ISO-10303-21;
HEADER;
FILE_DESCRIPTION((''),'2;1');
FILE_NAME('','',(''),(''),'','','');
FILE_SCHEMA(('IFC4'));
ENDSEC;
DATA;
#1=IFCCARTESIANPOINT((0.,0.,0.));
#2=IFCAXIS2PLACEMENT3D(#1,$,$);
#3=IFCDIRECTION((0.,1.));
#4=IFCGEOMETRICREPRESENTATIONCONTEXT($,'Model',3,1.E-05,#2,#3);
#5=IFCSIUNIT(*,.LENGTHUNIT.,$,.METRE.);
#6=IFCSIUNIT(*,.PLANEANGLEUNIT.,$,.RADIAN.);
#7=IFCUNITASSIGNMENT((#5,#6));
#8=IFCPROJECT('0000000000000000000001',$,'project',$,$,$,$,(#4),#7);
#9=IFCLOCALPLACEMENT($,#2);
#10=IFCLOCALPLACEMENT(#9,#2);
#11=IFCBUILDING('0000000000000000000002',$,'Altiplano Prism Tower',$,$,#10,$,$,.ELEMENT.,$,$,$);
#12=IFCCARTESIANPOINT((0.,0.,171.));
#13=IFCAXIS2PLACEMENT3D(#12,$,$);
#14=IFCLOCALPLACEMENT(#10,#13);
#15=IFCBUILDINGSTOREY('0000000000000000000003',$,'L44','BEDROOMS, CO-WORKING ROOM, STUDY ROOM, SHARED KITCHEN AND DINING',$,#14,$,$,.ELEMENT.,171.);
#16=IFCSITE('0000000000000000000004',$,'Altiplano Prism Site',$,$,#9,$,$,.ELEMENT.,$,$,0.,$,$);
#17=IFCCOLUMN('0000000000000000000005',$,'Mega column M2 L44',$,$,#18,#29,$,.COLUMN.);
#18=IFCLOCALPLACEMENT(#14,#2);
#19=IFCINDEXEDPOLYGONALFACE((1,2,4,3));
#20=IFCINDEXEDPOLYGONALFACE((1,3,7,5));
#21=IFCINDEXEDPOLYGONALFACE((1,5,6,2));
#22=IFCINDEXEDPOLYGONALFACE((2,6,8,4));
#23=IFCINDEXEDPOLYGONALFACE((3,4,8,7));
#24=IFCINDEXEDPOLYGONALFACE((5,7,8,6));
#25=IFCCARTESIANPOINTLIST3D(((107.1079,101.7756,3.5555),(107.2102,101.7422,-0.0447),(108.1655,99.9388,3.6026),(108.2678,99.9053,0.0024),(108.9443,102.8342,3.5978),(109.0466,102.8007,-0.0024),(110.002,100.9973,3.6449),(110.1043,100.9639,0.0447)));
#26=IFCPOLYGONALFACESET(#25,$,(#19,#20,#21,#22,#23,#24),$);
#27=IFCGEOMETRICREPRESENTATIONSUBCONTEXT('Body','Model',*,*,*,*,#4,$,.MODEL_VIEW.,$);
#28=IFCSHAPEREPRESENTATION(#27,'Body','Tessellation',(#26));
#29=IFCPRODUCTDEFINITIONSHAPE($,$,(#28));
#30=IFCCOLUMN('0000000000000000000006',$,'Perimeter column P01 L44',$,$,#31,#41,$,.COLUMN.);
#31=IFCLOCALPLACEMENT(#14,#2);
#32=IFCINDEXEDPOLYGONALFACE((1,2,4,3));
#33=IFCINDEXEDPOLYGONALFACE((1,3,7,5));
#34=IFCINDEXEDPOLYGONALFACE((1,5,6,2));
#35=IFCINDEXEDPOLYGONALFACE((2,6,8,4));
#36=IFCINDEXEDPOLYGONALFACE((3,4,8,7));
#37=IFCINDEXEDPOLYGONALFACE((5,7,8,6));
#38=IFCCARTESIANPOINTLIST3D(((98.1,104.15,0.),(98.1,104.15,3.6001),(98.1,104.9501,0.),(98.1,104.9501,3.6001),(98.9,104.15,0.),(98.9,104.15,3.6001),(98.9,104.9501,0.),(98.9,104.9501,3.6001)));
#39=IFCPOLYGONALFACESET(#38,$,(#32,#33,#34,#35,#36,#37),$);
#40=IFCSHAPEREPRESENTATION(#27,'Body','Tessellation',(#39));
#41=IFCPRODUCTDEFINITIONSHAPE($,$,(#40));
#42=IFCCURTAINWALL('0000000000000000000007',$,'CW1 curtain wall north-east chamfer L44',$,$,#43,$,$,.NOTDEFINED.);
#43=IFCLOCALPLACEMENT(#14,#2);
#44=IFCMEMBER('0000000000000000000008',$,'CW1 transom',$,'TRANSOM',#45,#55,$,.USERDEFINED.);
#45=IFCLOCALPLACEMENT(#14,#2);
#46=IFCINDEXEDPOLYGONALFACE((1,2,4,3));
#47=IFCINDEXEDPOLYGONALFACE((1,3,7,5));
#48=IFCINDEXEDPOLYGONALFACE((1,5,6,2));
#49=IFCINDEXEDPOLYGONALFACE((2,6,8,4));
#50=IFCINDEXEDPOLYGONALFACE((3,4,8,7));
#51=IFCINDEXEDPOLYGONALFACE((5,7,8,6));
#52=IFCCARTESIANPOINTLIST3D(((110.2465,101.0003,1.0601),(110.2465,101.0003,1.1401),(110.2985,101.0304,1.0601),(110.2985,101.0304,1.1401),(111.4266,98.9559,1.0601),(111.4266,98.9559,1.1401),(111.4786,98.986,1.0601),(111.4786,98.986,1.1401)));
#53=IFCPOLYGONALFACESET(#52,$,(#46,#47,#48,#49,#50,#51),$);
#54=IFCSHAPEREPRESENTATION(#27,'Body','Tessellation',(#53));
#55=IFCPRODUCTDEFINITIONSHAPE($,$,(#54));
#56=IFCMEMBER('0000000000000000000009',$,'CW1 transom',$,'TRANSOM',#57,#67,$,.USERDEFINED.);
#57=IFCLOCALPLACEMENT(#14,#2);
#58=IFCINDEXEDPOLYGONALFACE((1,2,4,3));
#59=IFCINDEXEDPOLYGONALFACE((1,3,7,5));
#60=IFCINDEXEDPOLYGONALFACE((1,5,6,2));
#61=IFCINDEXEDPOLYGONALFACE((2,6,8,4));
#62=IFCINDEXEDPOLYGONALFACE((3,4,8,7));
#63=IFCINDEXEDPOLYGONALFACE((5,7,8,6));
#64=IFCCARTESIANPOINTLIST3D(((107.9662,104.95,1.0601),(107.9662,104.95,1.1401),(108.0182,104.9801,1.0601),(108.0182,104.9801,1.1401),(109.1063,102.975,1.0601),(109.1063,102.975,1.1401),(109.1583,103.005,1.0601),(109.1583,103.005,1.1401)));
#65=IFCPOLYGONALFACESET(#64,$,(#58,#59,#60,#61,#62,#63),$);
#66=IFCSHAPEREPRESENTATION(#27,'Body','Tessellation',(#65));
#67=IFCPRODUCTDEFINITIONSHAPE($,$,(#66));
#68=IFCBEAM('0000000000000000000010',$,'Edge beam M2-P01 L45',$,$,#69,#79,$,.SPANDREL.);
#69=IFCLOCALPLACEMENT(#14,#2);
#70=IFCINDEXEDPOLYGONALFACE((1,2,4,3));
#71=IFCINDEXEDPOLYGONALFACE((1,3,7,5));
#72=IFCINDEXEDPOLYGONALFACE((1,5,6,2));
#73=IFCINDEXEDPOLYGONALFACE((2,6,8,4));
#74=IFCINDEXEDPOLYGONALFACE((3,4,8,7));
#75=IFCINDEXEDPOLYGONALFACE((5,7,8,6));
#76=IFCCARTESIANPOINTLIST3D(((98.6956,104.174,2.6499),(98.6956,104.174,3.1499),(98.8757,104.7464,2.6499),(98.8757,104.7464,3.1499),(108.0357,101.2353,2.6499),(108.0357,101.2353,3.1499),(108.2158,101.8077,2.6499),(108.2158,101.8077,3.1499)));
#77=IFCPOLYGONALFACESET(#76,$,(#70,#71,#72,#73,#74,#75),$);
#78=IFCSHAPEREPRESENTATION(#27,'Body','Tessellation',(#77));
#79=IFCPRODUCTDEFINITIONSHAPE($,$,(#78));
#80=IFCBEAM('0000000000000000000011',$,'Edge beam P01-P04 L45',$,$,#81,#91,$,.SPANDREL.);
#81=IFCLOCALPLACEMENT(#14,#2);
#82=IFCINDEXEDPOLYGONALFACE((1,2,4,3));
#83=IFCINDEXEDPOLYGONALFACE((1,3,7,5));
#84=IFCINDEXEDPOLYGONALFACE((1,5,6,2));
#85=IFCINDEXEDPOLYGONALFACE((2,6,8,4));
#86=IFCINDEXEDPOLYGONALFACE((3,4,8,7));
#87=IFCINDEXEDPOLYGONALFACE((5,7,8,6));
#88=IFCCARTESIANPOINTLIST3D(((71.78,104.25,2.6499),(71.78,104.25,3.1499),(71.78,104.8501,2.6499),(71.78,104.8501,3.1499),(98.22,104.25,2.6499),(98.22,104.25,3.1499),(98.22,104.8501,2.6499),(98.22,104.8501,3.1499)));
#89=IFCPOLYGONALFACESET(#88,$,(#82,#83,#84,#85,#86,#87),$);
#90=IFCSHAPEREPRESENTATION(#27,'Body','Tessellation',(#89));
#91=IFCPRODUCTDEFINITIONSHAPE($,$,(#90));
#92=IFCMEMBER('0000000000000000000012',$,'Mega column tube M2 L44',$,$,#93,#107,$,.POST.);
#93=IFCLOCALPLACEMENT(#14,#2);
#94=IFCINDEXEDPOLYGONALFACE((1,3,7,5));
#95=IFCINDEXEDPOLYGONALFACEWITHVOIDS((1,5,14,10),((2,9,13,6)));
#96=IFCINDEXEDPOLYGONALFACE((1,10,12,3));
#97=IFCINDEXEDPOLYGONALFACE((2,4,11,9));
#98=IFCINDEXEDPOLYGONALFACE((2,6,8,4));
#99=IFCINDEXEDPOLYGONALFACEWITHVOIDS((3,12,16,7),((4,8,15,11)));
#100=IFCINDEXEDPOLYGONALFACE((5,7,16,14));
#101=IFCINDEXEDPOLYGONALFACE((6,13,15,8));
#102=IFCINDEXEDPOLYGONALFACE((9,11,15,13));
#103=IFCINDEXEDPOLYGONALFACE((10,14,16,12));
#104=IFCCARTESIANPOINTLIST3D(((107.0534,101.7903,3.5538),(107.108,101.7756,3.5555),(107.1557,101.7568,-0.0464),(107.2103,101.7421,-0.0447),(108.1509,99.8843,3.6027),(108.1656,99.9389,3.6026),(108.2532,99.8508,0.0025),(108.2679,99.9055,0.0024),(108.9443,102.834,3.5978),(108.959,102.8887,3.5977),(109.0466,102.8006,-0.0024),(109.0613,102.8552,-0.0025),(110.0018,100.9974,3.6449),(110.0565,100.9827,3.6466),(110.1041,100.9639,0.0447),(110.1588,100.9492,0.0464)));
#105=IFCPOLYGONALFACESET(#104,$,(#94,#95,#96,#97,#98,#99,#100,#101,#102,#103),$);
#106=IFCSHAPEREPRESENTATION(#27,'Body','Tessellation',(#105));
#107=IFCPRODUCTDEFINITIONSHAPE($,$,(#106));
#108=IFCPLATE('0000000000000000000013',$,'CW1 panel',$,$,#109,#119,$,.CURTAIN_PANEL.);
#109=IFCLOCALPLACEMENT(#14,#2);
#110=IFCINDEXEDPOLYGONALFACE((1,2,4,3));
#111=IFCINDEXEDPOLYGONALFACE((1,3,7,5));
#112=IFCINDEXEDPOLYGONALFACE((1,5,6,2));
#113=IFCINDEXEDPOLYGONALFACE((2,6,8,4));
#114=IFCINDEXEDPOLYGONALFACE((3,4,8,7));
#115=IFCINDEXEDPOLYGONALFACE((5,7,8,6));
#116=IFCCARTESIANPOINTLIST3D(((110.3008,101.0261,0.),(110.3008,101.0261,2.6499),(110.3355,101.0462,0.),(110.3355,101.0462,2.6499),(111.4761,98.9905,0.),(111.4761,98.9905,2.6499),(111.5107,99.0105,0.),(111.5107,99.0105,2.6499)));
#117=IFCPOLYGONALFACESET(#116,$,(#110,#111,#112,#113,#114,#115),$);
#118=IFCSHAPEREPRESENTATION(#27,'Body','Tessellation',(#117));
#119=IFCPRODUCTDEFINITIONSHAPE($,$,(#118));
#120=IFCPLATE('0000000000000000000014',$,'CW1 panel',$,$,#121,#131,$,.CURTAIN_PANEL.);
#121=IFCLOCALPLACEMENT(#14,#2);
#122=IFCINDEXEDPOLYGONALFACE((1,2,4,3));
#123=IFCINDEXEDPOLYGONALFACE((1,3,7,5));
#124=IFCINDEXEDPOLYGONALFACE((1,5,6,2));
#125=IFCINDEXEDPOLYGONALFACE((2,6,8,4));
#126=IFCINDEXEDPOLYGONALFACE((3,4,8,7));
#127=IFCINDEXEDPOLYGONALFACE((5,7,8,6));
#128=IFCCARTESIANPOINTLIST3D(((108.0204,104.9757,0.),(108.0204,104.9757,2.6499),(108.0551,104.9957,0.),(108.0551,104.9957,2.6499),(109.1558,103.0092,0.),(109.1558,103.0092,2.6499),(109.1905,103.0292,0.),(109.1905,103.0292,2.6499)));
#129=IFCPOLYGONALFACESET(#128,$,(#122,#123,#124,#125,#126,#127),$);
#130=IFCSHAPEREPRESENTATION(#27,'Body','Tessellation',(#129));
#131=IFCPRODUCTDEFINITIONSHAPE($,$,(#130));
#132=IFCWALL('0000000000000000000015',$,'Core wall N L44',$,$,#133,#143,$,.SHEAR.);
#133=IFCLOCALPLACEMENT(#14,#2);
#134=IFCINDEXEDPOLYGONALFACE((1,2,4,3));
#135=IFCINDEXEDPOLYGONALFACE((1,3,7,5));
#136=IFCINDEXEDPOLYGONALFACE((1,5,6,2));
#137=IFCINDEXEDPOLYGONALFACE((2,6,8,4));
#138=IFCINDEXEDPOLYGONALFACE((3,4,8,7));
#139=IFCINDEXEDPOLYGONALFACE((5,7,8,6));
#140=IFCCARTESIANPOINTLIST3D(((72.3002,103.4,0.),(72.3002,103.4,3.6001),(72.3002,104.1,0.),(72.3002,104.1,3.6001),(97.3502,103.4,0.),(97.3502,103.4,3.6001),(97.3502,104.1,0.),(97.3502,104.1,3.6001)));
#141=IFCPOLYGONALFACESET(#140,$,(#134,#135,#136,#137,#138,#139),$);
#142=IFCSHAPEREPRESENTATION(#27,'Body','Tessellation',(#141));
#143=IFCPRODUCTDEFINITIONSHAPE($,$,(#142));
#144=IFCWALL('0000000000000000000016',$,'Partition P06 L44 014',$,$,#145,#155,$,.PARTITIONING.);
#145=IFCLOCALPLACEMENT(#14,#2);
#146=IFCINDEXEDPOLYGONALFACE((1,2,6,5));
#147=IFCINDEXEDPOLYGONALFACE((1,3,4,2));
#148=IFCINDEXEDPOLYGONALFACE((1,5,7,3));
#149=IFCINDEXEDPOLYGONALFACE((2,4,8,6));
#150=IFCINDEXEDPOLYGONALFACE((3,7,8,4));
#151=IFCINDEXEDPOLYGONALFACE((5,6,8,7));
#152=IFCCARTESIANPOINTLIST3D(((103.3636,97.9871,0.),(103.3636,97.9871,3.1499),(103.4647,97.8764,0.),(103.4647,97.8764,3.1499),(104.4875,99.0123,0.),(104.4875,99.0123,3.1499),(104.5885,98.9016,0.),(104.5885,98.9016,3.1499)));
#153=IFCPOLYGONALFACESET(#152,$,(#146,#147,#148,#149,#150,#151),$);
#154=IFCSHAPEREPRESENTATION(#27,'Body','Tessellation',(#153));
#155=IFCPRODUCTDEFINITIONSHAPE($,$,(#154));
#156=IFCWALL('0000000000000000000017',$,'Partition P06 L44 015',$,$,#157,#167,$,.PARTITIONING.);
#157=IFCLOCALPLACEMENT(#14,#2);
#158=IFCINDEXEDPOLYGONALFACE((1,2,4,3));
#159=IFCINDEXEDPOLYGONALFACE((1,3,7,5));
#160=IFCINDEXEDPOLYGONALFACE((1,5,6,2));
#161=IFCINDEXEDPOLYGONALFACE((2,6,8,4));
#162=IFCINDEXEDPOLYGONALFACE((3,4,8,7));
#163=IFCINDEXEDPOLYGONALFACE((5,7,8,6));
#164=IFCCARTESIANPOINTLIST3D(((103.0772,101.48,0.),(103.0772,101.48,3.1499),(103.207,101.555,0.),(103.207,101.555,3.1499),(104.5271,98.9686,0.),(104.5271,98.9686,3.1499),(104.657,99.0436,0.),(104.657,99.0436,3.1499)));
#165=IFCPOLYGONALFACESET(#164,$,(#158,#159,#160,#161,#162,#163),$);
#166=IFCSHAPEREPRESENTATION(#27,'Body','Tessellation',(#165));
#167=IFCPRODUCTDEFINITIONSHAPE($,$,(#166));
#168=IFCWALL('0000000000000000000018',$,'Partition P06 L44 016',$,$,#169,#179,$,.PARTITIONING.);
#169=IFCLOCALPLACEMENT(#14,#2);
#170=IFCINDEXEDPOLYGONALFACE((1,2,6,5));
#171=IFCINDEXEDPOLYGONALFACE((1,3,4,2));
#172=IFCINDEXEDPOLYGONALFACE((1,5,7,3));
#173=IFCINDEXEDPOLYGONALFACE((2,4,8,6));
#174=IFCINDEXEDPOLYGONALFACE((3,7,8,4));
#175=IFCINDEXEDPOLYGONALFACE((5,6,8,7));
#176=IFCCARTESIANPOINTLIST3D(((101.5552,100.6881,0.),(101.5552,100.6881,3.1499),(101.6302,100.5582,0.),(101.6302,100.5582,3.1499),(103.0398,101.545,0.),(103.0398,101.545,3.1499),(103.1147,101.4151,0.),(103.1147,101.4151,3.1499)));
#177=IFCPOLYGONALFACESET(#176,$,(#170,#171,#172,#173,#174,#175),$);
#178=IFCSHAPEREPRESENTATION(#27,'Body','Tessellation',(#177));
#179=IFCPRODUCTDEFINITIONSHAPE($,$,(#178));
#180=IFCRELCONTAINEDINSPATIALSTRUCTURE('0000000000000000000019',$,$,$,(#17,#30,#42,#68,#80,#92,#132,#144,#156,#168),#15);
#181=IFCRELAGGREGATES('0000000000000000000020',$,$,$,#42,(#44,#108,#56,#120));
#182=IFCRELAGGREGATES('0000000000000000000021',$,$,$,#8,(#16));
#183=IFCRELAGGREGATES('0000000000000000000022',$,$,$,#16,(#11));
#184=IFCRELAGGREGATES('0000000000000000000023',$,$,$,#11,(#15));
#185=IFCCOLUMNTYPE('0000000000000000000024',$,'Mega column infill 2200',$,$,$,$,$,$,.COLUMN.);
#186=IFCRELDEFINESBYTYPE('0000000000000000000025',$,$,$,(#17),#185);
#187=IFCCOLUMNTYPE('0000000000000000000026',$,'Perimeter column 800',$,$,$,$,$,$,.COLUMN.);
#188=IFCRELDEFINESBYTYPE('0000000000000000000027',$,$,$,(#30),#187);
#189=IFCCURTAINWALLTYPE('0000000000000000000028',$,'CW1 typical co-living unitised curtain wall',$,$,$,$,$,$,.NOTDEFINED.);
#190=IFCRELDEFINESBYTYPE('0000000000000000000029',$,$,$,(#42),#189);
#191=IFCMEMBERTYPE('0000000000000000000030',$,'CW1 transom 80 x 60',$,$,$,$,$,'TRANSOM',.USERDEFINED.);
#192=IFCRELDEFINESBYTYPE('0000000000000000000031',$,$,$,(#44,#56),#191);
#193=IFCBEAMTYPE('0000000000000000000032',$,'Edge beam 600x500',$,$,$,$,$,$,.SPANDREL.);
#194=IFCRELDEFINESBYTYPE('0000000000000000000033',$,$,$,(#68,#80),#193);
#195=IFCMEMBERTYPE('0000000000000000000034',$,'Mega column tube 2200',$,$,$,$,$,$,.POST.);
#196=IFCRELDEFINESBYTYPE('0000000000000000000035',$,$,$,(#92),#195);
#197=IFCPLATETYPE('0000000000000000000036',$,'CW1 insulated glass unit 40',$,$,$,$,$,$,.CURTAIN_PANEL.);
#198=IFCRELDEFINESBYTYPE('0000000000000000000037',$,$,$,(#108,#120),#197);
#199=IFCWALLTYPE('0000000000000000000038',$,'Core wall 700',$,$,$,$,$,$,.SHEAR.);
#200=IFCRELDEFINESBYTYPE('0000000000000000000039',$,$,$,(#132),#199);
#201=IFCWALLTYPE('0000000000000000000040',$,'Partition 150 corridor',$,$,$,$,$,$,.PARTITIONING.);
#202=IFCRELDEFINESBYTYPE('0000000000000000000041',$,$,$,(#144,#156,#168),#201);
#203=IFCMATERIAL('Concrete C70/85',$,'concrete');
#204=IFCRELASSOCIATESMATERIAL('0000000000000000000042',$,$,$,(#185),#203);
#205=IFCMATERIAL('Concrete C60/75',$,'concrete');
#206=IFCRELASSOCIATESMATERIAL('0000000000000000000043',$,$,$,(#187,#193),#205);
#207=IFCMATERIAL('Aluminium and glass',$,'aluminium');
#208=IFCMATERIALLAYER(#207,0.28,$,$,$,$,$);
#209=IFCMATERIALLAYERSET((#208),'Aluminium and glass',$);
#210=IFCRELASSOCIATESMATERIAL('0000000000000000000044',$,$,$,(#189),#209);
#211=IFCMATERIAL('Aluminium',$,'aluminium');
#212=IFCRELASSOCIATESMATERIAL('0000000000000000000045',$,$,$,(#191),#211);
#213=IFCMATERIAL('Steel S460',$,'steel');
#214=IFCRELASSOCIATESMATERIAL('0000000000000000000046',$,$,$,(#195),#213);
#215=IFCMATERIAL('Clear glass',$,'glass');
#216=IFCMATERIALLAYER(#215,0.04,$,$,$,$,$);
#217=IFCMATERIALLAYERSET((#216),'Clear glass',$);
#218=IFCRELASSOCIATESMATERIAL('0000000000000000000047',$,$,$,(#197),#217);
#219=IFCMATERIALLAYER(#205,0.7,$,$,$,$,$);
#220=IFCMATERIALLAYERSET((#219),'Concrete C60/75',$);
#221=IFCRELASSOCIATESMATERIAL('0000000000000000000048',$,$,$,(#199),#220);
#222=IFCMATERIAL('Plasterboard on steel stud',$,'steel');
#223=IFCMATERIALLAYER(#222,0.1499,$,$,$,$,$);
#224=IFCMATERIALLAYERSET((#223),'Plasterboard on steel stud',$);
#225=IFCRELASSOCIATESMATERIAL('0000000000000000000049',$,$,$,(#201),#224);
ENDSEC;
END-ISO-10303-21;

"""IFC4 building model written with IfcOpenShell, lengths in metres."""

from ifc_helpers import new_model, si_unit, direction, frame, frame_2d, origin, origin_2d, place, context, subcontext, project, spatial, rectangle, hollow_rectangle, extrude, material, layer, layer_set, material_profile, profile_set, type_object, element, aggregate, save


model = new_model("IFC4")

# Units and contexts
model_context = context("Model", 3, precision=1e-05, world=origin(), true_north=direction((0.0, 1.0)))
body_context = subcontext(model_context, "Body", "Model", "MODEL_VIEW")
ifc_project = project(units=[si_unit("LENGTHUNIT", "METRE"), si_unit("PLANEANGLEUNIT", "RADIAN")], contexts=[model_context])

# Site, building, storey
site_placement = place(None, origin())
site = spatial("IfcSite", under=ifc_project, at=site_placement, Name="Altiplano Prism Site", CompositionType="ELEMENT", RefElevation=0.0)
building_placement = place(site_placement, origin())
building = spatial("IfcBuilding", under=site, at=building_placement, Name="Altiplano Prism Tower", CompositionType="ELEMENT")
storey_placement = place(building_placement, frame((0.0, 0.0, 171.0)))
storey = spatial("IfcBuildingStorey", under=building, at=storey_placement, Name="L44", Description="BEDROOMS, CO-WORKING ROOM, STUDY ROOM, SHARED KITCHEN AND DINING", CompositionType="ELEMENT", Elevation=171.0)

# Columns
ifc_material_1 = material(Name="Concrete C70/85", Category="concrete")
ifc_material_profile_1 = material_profile(ifc_material_1, rectangle(XDim=2.1201, YDim=2.1201, at=origin_2d()), Name="Mega column infill 2200")
ifc_profile_set_1 = profile_set([ifc_material_profile_1], Name="Concrete C70/85")
column_type_1 = type_object("IfcColumnType", Name="Mega column infill 2200", PredefinedType="COLUMN", material=ifc_profile_set_1)
column_1_placement = place(storey_placement, frame((108.6572, 101.353, 0.0), z_axis=(-0.028402, 0.009287, 0.999553), x_axis=(0.498881, -0.866385, 0.022225)))
element("IfcColumn", 1, at=column_1_placement, inside=storey, type_object=column_type_1, Name="Mega column M2 L44", PredefinedType="COLUMN", context=body_context, shape_type="SweptSolid", body=[
    extrude(rectangle(XDim=2.1201, YDim=2.1201, at=origin_2d()), origin(), (0.0, 0.0, 1.0), 3.6018),
])
ifc_material_2 = material(Name="Concrete C60/75", Category="concrete")
ifc_material_profile_2 = material_profile(ifc_material_2, rectangle(XDim=0.8, YDim=0.8, at=origin_2d()), Name="Perimeter column 800")
ifc_profile_set_2 = profile_set([ifc_material_profile_2], Name="Concrete C60/75")
column_type_2 = type_object("IfcColumnType", Name="Perimeter column 800", PredefinedType="COLUMN", material=ifc_profile_set_2)
column_2_placement = place(storey_placement, frame((98.5, 104.55, 0.0), z_axis=(0.0, 0.0, 1.0), x_axis=(1.0, 0.0, 0.0)))
element("IfcColumn", 2, at=column_2_placement, inside=storey, type_object=column_type_2, Name="Perimeter column P01 L44", PredefinedType="COLUMN", context=body_context, shape_type="SweptSolid", body=[
    extrude(rectangle(XDim=0.8, YDim=0.8, at=origin_2d()), origin(), (0.0, 0.0, 1.0), 3.6001),
])

# Curtain wall, members
ifc_material_3 = material(Name="Aluminium and glass", Category="aluminium")
ifc_layer_1 = layer(ifc_material_3, 0.28)
ifc_layer_set_1 = layer_set([ifc_layer_1], Name="Aluminium and glass")
curtain_wall_type = type_object("IfcCurtainWallType", Name="CW1 typical co-living unitised curtain wall", PredefinedType="NOTDEFINED", material=ifc_layer_set_1)
curtain_wall_placement = place(storey_placement, origin())
curtain_wall = element("IfcCurtainWall", 3, at=curtain_wall_placement, inside=storey, type_object=curtain_wall_type, Name="CW1 curtain wall north-east chamfer L44", PredefinedType="NOTDEFINED")
ifc_material_4 = material(Name="Aluminium", Category="aluminium")
ifc_material_profile_3 = material_profile(ifc_material_4, rectangle(XDim=0.0601, YDim=0.0801, at=origin_2d()), Name="CW1 transom 80 x 60")
ifc_profile_set_3 = profile_set([ifc_material_profile_3], Name="Aluminium")
member_type_1 = type_object("IfcMemberType", Name="CW1 transom 80 x 60", ElementType="TRANSOM", PredefinedType="USERDEFINED", material=ifc_profile_set_3)
member_1_placement = place(storey_placement, frame((111.4526, 98.9709, 1.1001), z_axis=(-0.499943, 0.866058, 0.0), x_axis=(-0.866058, -0.499943, 0.0)))
member_1 = element("IfcMember", 4, at=member_1_placement, type_object=member_type_1, Name="CW1 transom", ObjectType="TRANSOM", PredefinedType="USERDEFINED", context=body_context, shape_type="SweptSolid", body=[
    extrude(rectangle(XDim=0.0601, YDim=0.0801, at=origin_2d()), origin(), (0.0, 0.0, 1.0), 2.3606),
])
member_2_placement = place(storey_placement, frame((109.1323, 102.99, 1.1001), z_axis=(-0.499939, 0.866061, 0.0), x_axis=(-0.866061, -0.499939, 0.0)))
member_2 = element("IfcMember", 5, at=member_2_placement, type_object=member_type_1, Name="CW1 transom", ObjectType="TRANSOM", PredefinedType="USERDEFINED", context=body_context, shape_type="SweptSolid", body=[
    extrude(rectangle(XDim=0.0601, YDim=0.0801, at=origin_2d()), origin(), (0.0, 0.0, 1.0), 2.2805),
])

# Beams
ifc_material_profile_4 = material_profile(ifc_material_2, rectangle(XDim=0.6001, YDim=0.5, at=origin_2d()), Name="Edge beam 600x500")
ifc_profile_set_4 = profile_set([ifc_material_profile_4], Name="Concrete C60/75")
beam_type = type_object("IfcBeamType", Name="Edge beam 600x500", PredefinedType="SPANDREL", material=ifc_profile_set_4)
beam_1_placement = place(storey_placement, frame((108.1257, 101.5215, 2.8999), z_axis=(-0.953898, 0.30013, 0.0), x_axis=(-0.30013, -0.953898, 0.0)))
element("IfcBeam", 6, at=beam_1_placement, inside=storey, type_object=beam_type, Name="Edge beam M2-P01 L45", PredefinedType="SPANDREL", context=body_context, shape_type="SweptSolid", body=[
    extrude(rectangle(XDim=0.6001, YDim=0.5, at=origin_2d()), origin(), (0.0, 0.0, 1.0), 9.7915),
])
beam_2_placement = place(storey_placement, frame((98.22, 104.55, 2.8999), z_axis=(-1.0, 0.0, 0.0), x_axis=(0.0, -1.0, 0.0)))
element("IfcBeam", 7, at=beam_2_placement, inside=storey, type_object=beam_type, Name="Edge beam P01-P04 L45", PredefinedType="SPANDREL", context=body_context, shape_type="SweptSolid", body=[
    extrude(rectangle(XDim=0.6001, YDim=0.5, at=origin_2d()), origin(), (0.0, 0.0, 1.0), 26.4399),
])

# Member
ifc_material_5 = material(Name="Steel S460", Category="steel")
ifc_material_profile_5 = material_profile(ifc_material_5, hollow_rectangle(XDim=2.2, YDim=2.2, WallThickness=0.04, at=origin_2d()), Name="Mega column tube 2200")
ifc_profile_set_5 = profile_set([ifc_material_profile_5], Name="Steel S460")
member_type_2 = type_object("IfcMemberType", Name="Mega column tube 2200", PredefinedType="POST", material=ifc_profile_set_5)
member_3_placement = place(storey_placement, frame((108.6572, 101.353, 0.0), z_axis=(-0.028402, 0.009287, 0.999553), x_axis=(0.498881, -0.866385, 0.022225)))
element("IfcMember", 8, at=member_3_placement, inside=storey, type_object=member_type_2, Name="Mega column tube M2 L44", PredefinedType="POST", context=body_context, shape_type="SweptSolid", body=[
    extrude(hollow_rectangle(XDim=2.2, YDim=2.2, WallThickness=0.04, at=origin_2d()), origin(), (0.0, 0.0, 1.0), 3.6018),
])

# Plates
ifc_material_6 = material(Name="Clear glass", Category="glass")
ifc_layer_2 = layer(ifc_material_6, 0.04)
ifc_layer_set_2 = layer_set([ifc_layer_2], Name="Clear glass")
plate_type = type_object("IfcPlateType", Name="CW1 insulated glass unit 40", PredefinedType="CURTAIN_PANEL", material=ifc_layer_set_2)
plate_1_placement = place(storey_placement, frame((110.9058, 100.0183, 0.0), z_axis=(0.0, 0.0, 1.0), x_axis=(-0.5, 0.866025, 0.0)))
plate_1 = element("IfcPlate", 9, at=plate_1_placement, type_object=plate_type, Name="CW1 panel", PredefinedType="CURTAIN_PANEL", context=body_context, shape_type="SweptSolid", body=[
    extrude(rectangle(XDim=2.3506, YDim=0.04, at=origin_2d()), origin(), (0.0, 0.0, 1.0), 2.6499),
])
plate_2_placement = place(storey_placement, frame((108.6055, 104.0024, 0.0), z_axis=(0.0, 0.0, 1.0), x_axis=(-0.5, 0.866025, 0.0)))
plate_2 = element("IfcPlate", 10, at=plate_2_placement, type_object=plate_type, Name="CW1 panel", PredefinedType="CURTAIN_PANEL", context=body_context, shape_type="SweptSolid", body=[
    extrude(rectangle(XDim=2.2708, YDim=0.04, at=origin_2d()), origin(), (0.0, 0.0, 1.0), 2.6499),
])
aggregate(curtain_wall, [member_1, plate_1, member_2, plate_2])

# Walls
ifc_layer_3 = layer(ifc_material_2, 0.7)
ifc_layer_set_3 = layer_set([ifc_layer_3], Name="Concrete C60/75")
wall_type_1 = type_object("IfcWallType", Name="Core wall 700", PredefinedType="SHEAR", material=ifc_layer_set_3)
wall_1_placement = place(storey_placement, frame((97.3501, 103.75, 0.0), z_axis=(0.0, 0.0, 1.0), x_axis=(-1.0, 0.0, 0.0)))
element("IfcWall", 11, at=wall_1_placement, inside=storey, type_object=wall_type_1, Name="Core wall N L44", PredefinedType="SHEAR", context=body_context, shape_type="SweptSolid", body=[
    extrude(rectangle(XDim=25.05, YDim=0.7, at=frame_2d((12.5249, 0.0))), origin(), (0.0, 0.0, 1.0), 3.6001),
])
ifc_material_7 = material(Name="Plasterboard on steel stud", Category="steel")
ifc_layer_4 = layer(ifc_material_7, 0.1499)
ifc_layer_set_4 = layer_set([ifc_layer_4], Name="Plasterboard on steel stud")
wall_type_2 = type_object("IfcWallType", Name="Partition 150 corridor", PredefinedType="PARTITIONING", material=ifc_layer_set_4)
wall_2_placement = place(storey_placement, frame((103.4141, 97.9316, 0.0), z_axis=(0.0, 0.0, 1.0), x_axis=(0.738784, 0.673942, 0.0)))
element("IfcWall", 12, at=wall_2_placement, inside=storey, type_object=wall_type_2, Name="Partition P06 L44 014", PredefinedType="PARTITIONING", context=body_context, shape_type="SweptSolid", body=[
    extrude(rectangle(XDim=1.5212, YDim=0.1499, at=frame_2d((0.7607, 0.0))), origin(), (0.0, 0.0, 1.0), 3.1499),
])
wall_3_placement = place(storey_placement, frame((104.592, 99.0061, 0.0), z_axis=(0.0, 0.0, 1.0), x_axis=(-0.499987, 0.866033, 0.0)))
element("IfcWall", 13, at=wall_3_placement, inside=storey, type_object=wall_type_2, Name="Partition P06 L44 015", PredefinedType="PARTITIONING", context=body_context, shape_type="SweptSolid", body=[
    extrude(rectangle(XDim=2.8999, YDim=0.1499, at=frame_2d((1.45, 0.0))), origin(), (0.0, 0.0, 1.0), 3.1499),
])
wall_4_placement = place(storey_placement, frame((103.0771, 101.48, 0.0), z_axis=(0.0, 0.0, 1.0), x_axis=(-0.866079, -0.499907, 0.0)))
element("IfcWall", 14, at=wall_4_placement, inside=storey, type_object=wall_type_2, Name="Partition P06 L44 016", PredefinedType="PARTITIONING", context=body_context, shape_type="SweptSolid", body=[
    extrude(rectangle(XDim=1.7141, YDim=0.1499, at=frame_2d((0.8569, 0.0))), origin(), (0.0, 0.0, 1.0), 3.1499),
])

save(model, "model.ifc")
